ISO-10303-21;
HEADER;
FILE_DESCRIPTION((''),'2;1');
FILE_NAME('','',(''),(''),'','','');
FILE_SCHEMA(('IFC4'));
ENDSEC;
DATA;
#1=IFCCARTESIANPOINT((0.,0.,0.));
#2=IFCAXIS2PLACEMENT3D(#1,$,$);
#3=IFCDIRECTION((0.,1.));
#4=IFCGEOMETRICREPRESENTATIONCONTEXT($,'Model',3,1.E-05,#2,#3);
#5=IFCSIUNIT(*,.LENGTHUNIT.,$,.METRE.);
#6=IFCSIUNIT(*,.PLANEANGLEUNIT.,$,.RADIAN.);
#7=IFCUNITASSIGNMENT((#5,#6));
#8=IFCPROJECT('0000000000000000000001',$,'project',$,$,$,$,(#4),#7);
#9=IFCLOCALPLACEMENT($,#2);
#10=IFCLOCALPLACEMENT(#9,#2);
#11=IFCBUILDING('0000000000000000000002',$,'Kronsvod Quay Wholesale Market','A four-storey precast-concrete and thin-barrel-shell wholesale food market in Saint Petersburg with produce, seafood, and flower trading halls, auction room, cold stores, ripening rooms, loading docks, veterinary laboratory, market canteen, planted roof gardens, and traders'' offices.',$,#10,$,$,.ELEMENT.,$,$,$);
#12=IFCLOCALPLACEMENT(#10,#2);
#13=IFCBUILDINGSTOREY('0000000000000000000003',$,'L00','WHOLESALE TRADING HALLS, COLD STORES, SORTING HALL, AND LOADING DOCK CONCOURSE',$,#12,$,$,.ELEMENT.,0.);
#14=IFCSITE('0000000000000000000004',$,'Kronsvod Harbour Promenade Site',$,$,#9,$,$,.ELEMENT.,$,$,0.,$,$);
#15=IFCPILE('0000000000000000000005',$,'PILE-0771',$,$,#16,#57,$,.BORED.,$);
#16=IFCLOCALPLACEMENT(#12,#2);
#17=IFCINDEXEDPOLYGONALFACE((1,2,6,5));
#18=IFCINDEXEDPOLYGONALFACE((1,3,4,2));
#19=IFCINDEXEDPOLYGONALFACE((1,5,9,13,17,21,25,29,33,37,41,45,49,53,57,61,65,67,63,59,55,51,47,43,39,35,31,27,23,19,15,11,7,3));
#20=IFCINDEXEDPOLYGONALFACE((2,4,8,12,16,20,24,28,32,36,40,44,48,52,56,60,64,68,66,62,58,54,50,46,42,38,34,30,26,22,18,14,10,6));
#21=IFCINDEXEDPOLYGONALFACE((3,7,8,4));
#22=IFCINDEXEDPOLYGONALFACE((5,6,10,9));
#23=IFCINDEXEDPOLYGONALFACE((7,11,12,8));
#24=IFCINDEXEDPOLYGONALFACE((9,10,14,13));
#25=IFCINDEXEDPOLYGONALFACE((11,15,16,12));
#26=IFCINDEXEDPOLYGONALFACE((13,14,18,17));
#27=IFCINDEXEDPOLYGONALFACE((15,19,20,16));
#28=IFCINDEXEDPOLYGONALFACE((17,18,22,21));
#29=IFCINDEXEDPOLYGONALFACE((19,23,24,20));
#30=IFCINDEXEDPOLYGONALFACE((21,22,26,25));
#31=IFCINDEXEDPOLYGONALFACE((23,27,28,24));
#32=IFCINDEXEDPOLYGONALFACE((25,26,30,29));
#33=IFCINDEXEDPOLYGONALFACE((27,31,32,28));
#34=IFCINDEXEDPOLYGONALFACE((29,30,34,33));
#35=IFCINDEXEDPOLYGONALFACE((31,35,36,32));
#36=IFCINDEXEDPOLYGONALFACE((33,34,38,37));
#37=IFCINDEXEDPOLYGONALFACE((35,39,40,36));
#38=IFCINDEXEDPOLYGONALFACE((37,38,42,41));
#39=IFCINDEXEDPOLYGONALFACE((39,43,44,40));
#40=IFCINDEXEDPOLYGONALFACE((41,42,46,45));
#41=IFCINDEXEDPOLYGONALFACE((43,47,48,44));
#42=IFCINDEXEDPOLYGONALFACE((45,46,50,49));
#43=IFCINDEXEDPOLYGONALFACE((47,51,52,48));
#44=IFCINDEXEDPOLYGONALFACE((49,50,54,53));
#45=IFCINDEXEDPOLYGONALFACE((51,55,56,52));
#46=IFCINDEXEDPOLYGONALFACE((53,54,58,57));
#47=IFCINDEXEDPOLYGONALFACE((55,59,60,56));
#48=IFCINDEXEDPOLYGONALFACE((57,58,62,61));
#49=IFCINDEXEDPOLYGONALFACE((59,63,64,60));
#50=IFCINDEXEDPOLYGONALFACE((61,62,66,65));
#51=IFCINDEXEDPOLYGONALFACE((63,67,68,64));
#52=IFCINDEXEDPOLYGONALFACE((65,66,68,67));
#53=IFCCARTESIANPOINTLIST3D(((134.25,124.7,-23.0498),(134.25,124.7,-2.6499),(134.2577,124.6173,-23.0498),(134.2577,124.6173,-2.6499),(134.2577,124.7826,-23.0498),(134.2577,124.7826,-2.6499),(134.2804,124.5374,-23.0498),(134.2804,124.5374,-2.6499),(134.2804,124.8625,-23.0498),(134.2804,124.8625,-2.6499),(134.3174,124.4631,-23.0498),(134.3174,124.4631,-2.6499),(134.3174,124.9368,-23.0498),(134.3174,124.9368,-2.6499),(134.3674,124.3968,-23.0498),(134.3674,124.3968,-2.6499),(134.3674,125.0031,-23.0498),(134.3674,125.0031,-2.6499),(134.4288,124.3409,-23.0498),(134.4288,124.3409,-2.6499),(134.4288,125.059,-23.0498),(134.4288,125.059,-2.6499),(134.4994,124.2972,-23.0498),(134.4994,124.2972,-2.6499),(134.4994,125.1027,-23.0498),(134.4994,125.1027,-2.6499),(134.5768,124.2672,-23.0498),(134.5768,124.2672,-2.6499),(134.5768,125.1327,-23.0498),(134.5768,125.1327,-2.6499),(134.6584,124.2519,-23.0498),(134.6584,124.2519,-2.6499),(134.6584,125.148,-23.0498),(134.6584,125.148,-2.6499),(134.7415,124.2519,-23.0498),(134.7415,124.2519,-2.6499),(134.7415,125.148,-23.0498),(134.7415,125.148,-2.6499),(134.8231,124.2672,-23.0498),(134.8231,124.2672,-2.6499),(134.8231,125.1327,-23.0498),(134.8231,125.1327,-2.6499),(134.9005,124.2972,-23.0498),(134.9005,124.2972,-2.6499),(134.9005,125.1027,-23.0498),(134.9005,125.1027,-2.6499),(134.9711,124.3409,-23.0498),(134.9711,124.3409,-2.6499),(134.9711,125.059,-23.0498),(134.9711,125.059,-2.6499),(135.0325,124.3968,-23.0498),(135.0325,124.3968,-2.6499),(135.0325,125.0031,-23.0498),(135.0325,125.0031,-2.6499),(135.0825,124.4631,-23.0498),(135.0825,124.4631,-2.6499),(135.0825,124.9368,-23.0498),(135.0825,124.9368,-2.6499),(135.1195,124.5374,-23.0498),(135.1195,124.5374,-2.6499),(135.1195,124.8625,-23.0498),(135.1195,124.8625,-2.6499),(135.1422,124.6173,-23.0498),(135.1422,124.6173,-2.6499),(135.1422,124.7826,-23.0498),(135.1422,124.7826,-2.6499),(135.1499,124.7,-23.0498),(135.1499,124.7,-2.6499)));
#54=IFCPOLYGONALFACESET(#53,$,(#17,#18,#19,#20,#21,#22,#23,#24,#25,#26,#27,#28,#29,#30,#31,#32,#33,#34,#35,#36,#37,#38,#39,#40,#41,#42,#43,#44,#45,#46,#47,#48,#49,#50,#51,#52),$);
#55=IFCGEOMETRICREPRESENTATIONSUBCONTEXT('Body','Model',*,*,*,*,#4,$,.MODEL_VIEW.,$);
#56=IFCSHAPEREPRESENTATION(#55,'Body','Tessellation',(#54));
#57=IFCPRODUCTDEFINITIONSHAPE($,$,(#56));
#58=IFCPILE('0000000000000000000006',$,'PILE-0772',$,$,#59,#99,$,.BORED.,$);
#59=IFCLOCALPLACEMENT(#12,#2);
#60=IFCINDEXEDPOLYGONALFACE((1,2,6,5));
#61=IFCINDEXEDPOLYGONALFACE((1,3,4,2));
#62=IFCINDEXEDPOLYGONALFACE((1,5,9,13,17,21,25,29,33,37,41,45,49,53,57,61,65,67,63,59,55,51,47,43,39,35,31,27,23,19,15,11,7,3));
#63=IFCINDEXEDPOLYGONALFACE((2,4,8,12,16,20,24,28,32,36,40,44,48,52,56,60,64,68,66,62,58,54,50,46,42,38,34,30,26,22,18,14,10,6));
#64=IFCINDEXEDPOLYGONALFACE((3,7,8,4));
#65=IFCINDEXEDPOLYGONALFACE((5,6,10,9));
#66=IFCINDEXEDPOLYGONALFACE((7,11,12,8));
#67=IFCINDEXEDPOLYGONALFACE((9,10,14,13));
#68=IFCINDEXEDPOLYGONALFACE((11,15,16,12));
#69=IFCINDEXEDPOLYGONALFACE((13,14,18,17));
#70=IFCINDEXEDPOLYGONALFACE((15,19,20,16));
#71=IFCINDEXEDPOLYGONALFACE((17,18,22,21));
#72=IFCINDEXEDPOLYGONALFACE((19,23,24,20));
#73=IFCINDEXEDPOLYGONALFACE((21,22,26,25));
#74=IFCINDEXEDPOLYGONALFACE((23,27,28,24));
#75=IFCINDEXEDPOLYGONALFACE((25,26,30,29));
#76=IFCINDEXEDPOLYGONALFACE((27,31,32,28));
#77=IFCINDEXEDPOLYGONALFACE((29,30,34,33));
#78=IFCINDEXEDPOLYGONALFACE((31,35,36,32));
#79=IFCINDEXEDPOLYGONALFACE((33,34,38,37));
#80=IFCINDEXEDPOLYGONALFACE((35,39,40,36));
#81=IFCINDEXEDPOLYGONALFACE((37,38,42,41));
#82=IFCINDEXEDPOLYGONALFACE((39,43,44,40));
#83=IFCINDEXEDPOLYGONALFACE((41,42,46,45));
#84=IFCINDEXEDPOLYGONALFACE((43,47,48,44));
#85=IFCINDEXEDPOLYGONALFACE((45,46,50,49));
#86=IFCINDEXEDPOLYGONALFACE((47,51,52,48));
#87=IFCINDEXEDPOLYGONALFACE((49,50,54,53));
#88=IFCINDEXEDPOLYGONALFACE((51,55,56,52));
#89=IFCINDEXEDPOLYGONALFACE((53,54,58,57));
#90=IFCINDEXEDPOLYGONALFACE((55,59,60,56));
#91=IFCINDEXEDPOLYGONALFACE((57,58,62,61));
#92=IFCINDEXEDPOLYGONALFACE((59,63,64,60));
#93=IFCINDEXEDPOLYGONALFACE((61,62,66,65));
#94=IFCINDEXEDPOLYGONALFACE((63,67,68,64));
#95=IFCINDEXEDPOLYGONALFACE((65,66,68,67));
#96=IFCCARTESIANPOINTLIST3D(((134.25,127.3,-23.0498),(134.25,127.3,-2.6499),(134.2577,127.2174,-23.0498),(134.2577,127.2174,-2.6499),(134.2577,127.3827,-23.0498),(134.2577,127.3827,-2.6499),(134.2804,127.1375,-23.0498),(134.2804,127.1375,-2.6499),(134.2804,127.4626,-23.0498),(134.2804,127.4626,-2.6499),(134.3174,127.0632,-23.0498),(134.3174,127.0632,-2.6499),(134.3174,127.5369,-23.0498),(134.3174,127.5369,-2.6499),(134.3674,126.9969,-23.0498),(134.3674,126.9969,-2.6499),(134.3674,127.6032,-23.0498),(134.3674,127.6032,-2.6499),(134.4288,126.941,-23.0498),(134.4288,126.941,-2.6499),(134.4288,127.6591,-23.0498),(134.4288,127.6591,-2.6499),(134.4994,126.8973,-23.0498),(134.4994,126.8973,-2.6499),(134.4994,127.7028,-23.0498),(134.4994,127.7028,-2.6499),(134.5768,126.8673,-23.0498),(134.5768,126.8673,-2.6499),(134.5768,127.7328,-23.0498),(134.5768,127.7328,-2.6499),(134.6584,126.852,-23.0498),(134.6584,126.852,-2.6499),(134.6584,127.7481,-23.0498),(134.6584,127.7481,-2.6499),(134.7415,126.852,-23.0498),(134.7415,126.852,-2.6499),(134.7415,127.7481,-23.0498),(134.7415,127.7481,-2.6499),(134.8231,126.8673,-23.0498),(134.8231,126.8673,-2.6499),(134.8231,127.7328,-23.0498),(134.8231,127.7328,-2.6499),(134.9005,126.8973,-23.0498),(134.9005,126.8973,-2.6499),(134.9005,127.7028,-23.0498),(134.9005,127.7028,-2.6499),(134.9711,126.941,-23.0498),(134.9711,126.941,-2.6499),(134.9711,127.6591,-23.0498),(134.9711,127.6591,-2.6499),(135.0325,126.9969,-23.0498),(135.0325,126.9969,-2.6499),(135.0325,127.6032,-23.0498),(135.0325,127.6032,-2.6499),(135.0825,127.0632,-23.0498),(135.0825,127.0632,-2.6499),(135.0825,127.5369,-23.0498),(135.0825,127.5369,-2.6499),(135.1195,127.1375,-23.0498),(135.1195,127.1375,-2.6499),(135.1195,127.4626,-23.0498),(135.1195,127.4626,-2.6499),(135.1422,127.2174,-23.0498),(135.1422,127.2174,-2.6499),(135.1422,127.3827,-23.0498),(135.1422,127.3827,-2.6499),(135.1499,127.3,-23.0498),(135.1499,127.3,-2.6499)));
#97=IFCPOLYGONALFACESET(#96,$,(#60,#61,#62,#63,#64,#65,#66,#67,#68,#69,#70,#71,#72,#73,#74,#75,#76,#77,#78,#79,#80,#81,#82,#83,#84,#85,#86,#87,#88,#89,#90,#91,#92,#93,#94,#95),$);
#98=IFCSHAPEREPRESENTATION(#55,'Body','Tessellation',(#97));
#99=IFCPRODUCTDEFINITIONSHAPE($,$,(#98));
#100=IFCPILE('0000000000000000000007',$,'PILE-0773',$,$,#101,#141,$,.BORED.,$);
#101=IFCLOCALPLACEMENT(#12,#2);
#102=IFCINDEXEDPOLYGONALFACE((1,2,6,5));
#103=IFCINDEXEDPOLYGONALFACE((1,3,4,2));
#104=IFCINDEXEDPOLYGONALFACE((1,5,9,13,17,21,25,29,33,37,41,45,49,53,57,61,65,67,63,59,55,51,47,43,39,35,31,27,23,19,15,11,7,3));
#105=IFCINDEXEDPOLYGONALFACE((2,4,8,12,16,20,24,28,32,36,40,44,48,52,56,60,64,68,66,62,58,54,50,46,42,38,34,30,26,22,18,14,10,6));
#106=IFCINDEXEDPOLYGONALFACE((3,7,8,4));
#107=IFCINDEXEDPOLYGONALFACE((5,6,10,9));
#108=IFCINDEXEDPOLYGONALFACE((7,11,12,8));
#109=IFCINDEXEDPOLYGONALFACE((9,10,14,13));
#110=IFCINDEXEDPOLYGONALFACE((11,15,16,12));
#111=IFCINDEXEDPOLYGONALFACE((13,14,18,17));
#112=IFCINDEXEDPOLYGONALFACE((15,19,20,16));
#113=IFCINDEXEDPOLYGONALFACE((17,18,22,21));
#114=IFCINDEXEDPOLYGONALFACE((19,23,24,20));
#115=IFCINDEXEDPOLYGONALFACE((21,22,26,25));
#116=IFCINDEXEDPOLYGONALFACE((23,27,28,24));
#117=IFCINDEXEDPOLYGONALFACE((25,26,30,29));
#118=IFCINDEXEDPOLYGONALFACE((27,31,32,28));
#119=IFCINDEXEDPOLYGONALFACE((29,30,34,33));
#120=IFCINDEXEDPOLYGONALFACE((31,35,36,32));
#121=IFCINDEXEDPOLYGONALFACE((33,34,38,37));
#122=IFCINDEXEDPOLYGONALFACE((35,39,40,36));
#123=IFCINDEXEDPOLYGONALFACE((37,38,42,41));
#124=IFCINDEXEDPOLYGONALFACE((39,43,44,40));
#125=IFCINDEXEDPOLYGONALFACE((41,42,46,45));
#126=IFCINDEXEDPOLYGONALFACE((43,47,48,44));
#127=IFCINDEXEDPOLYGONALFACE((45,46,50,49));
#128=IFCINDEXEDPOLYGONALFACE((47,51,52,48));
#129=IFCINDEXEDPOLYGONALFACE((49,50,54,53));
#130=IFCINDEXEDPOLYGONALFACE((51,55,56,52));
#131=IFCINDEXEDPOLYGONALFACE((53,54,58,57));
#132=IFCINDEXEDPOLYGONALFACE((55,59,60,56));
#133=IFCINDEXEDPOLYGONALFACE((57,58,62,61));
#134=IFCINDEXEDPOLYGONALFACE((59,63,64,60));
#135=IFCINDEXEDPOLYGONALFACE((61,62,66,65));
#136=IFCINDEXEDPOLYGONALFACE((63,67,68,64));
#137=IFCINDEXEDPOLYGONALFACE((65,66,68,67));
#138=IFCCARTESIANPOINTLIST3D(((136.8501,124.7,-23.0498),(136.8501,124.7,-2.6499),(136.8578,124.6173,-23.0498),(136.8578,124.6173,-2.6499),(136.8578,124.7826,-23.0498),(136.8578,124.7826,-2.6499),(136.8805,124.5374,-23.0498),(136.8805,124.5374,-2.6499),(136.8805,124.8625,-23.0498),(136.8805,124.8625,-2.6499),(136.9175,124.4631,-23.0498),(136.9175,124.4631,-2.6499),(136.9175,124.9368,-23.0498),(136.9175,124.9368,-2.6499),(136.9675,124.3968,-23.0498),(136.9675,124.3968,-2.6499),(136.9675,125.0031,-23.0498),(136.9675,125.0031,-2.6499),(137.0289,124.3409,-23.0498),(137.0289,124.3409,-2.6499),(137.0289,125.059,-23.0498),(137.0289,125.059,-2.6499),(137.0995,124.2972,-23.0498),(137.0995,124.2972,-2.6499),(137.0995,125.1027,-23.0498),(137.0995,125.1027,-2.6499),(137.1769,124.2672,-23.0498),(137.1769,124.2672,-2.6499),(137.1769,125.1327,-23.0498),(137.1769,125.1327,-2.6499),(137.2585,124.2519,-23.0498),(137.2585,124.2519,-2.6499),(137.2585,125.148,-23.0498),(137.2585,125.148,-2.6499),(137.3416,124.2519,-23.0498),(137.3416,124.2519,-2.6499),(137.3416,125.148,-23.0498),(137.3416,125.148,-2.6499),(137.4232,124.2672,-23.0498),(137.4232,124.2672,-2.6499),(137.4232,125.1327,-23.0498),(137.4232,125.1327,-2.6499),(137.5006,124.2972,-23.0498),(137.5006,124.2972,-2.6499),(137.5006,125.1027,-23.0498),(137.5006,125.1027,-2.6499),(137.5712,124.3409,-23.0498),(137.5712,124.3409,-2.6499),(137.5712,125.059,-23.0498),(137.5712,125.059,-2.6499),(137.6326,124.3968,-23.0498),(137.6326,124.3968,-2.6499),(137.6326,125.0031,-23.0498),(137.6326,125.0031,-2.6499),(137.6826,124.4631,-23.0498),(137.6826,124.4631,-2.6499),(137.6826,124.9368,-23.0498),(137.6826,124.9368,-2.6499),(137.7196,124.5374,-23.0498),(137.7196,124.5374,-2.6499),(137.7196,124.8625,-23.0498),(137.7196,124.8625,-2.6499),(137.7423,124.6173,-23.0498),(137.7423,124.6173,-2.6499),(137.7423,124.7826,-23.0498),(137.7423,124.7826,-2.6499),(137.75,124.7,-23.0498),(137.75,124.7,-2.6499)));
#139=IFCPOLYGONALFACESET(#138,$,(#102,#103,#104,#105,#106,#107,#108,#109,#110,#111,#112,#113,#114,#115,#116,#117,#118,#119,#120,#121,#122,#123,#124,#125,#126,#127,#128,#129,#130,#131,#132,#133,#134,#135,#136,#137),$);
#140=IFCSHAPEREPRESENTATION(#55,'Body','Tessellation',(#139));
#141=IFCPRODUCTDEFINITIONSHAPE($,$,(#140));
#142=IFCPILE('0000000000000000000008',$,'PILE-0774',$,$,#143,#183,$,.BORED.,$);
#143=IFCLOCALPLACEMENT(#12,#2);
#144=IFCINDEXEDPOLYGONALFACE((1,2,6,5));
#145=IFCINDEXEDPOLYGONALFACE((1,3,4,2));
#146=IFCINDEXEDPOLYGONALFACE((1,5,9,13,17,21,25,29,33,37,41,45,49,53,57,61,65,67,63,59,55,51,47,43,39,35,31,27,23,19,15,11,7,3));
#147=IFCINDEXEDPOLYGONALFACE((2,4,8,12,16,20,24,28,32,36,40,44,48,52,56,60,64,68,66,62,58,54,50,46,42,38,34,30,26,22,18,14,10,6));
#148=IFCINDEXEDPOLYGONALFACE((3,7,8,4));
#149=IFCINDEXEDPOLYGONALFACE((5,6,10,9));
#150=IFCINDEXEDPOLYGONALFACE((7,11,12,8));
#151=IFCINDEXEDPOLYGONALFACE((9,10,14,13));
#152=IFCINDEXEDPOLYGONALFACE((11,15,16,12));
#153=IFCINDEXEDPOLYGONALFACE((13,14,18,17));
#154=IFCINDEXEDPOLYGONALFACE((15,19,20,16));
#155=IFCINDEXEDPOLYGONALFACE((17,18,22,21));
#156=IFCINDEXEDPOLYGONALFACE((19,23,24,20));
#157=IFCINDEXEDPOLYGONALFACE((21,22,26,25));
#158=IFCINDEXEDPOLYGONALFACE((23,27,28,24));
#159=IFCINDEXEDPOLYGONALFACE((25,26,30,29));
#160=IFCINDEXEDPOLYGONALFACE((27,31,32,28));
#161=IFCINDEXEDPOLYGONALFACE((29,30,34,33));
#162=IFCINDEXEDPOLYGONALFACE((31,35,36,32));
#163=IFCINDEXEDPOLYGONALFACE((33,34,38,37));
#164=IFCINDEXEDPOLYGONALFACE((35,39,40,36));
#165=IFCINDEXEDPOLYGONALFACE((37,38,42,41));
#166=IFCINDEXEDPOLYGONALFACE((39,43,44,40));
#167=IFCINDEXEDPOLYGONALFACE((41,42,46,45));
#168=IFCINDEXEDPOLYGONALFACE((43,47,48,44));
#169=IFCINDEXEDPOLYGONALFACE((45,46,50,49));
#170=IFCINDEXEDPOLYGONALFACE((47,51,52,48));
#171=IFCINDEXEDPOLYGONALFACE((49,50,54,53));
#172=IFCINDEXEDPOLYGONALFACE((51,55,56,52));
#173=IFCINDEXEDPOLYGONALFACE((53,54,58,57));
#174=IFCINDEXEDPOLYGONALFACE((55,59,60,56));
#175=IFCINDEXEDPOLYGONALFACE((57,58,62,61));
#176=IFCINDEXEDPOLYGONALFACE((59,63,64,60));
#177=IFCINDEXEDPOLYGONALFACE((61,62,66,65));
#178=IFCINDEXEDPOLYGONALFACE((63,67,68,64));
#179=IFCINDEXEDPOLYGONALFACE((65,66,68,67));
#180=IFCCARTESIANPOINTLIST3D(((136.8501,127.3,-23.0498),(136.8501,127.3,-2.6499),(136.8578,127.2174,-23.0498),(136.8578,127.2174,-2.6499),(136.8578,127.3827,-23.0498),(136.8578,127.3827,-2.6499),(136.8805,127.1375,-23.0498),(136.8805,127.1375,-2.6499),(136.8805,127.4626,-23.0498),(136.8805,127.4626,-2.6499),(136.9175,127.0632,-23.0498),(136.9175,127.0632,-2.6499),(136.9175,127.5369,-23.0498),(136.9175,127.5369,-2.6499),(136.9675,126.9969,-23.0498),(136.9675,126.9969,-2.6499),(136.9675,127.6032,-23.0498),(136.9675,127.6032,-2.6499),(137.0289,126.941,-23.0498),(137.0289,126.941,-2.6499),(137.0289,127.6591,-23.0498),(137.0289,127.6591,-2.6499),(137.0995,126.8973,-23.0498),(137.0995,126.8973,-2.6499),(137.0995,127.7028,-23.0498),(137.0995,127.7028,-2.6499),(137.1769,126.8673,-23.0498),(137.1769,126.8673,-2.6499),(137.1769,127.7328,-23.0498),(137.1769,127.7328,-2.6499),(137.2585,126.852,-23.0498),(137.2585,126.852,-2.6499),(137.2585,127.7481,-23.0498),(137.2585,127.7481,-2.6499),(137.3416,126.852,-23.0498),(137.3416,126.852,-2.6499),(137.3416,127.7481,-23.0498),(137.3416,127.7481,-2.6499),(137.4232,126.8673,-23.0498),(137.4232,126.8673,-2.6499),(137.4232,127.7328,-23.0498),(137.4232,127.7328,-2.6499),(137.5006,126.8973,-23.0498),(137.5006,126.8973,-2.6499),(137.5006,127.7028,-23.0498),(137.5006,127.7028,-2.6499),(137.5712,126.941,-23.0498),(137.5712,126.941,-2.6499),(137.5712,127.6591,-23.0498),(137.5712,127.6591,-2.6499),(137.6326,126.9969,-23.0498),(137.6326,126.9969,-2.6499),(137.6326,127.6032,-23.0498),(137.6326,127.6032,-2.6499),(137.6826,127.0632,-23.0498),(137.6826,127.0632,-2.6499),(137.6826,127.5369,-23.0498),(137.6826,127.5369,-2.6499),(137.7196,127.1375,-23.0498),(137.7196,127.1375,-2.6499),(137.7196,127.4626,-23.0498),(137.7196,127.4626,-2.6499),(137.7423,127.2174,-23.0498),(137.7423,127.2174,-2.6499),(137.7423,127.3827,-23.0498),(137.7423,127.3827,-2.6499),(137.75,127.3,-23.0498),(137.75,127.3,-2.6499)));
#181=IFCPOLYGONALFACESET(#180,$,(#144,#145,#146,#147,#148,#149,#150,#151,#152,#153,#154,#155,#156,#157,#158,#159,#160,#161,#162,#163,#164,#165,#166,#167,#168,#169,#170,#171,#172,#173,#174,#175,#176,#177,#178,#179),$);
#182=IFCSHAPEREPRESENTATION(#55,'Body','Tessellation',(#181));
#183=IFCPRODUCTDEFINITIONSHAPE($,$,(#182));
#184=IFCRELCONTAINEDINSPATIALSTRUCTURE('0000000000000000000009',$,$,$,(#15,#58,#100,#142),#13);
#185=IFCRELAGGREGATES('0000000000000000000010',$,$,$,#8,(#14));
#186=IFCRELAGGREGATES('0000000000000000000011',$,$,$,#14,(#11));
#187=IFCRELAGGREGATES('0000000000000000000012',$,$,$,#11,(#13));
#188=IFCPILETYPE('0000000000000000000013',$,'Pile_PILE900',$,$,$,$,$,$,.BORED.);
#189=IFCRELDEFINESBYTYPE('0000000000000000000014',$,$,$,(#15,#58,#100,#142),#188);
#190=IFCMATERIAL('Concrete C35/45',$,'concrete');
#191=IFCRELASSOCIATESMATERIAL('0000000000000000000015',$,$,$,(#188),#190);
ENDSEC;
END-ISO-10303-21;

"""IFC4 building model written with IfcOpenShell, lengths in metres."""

from ifc_helpers import new_model, si_unit, direction, frame, origin, origin_2d, place, context, subcontext, project, spatial, circle, extrude, material, material_profile, profile_set, type_object, element, save


model = new_model("IFC4")

# Units and contexts
model_context = context("Model", 3, precision=1e-05, world=origin(), true_north=direction((0.0, 1.0)))
body_context = subcontext(model_context, "Body", "Model", "MODEL_VIEW")
ifc_project = project(units=[si_unit("LENGTHUNIT", "METRE"), si_unit("PLANEANGLEUNIT", "RADIAN")], contexts=[model_context])

# Site, building, storey
site_placement = place(None, origin())
site = spatial("IfcSite", under=ifc_project, at=site_placement, Name="Kronsvod Harbour Promenade Site", CompositionType="ELEMENT", RefElevation=0.0)
building_placement = place(site_placement, origin())
building = spatial("IfcBuilding", under=site, at=building_placement, Name="Kronsvod Quay Wholesale Market", Description="A four-storey precast-concrete and thin-barrel-shell wholesale food market in Saint Petersburg with produce, seafood, and flower trading halls, auction room, cold stores, ripening rooms, loading docks, veterinary laboratory, market canteen, planted roof gardens, and traders' offices.", CompositionType="ELEMENT")
storey_placement = place(building_placement, origin())
storey = spatial("IfcBuildingStorey", under=building, at=storey_placement, Name="L00", Description="WHOLESALE TRADING HALLS, COLD STORES, SORTING HALL, AND LOADING DOCK CONCOURSE", CompositionType="ELEMENT", Elevation=0.0)

# Piles
ifc_material_1 = material(Name="Concrete C35/45", Category="concrete")
ifc_material_profile_1 = material_profile(ifc_material_1, circle(Radius=0.45, at=origin_2d()), Name="PILE900")
ifc_profile_set_1 = profile_set([ifc_material_profile_1], Name="Concrete C35/45")
pile_type = type_object("IfcPileType", Name="Pile_PILE900", PredefinedType="BORED", material=ifc_profile_set_1)
for number, where, z_axis, x_axis, name in (
    (1, (134.7, 124.7, -2.6499), (0.0, 0.0, -1.0), (1.0, 0.0, 0.0), "PILE-0771"),
    (2, (134.7, 127.3, -2.6499), (0.0, 0.0, -1.0), (1.0, 0.0, 0.0), "PILE-0772"),
    (3, (137.3, 124.7, -2.6499), (0.0, 0.0, -1.0), (1.0, 0.0, 0.0), "PILE-0773"),
    (4, (137.3, 127.3, -2.6499), (0.0, 0.0, -1.0), (1.0, 0.0, 0.0), "PILE-0774"),
):
    element("IfcPile", number, at=place(storey_placement, frame(where, z_axis=z_axis, x_axis=x_axis)), inside=storey, type_object=pile_type, Name=name, PredefinedType="BORED", context=body_context, shape_type="SweptSolid", body=[
        extrude(circle(Radius=0.45, at=origin_2d()), origin(), (0.0, 0.0, 1.0), 20.3999),
    ])

save(model, "model.ifc")
